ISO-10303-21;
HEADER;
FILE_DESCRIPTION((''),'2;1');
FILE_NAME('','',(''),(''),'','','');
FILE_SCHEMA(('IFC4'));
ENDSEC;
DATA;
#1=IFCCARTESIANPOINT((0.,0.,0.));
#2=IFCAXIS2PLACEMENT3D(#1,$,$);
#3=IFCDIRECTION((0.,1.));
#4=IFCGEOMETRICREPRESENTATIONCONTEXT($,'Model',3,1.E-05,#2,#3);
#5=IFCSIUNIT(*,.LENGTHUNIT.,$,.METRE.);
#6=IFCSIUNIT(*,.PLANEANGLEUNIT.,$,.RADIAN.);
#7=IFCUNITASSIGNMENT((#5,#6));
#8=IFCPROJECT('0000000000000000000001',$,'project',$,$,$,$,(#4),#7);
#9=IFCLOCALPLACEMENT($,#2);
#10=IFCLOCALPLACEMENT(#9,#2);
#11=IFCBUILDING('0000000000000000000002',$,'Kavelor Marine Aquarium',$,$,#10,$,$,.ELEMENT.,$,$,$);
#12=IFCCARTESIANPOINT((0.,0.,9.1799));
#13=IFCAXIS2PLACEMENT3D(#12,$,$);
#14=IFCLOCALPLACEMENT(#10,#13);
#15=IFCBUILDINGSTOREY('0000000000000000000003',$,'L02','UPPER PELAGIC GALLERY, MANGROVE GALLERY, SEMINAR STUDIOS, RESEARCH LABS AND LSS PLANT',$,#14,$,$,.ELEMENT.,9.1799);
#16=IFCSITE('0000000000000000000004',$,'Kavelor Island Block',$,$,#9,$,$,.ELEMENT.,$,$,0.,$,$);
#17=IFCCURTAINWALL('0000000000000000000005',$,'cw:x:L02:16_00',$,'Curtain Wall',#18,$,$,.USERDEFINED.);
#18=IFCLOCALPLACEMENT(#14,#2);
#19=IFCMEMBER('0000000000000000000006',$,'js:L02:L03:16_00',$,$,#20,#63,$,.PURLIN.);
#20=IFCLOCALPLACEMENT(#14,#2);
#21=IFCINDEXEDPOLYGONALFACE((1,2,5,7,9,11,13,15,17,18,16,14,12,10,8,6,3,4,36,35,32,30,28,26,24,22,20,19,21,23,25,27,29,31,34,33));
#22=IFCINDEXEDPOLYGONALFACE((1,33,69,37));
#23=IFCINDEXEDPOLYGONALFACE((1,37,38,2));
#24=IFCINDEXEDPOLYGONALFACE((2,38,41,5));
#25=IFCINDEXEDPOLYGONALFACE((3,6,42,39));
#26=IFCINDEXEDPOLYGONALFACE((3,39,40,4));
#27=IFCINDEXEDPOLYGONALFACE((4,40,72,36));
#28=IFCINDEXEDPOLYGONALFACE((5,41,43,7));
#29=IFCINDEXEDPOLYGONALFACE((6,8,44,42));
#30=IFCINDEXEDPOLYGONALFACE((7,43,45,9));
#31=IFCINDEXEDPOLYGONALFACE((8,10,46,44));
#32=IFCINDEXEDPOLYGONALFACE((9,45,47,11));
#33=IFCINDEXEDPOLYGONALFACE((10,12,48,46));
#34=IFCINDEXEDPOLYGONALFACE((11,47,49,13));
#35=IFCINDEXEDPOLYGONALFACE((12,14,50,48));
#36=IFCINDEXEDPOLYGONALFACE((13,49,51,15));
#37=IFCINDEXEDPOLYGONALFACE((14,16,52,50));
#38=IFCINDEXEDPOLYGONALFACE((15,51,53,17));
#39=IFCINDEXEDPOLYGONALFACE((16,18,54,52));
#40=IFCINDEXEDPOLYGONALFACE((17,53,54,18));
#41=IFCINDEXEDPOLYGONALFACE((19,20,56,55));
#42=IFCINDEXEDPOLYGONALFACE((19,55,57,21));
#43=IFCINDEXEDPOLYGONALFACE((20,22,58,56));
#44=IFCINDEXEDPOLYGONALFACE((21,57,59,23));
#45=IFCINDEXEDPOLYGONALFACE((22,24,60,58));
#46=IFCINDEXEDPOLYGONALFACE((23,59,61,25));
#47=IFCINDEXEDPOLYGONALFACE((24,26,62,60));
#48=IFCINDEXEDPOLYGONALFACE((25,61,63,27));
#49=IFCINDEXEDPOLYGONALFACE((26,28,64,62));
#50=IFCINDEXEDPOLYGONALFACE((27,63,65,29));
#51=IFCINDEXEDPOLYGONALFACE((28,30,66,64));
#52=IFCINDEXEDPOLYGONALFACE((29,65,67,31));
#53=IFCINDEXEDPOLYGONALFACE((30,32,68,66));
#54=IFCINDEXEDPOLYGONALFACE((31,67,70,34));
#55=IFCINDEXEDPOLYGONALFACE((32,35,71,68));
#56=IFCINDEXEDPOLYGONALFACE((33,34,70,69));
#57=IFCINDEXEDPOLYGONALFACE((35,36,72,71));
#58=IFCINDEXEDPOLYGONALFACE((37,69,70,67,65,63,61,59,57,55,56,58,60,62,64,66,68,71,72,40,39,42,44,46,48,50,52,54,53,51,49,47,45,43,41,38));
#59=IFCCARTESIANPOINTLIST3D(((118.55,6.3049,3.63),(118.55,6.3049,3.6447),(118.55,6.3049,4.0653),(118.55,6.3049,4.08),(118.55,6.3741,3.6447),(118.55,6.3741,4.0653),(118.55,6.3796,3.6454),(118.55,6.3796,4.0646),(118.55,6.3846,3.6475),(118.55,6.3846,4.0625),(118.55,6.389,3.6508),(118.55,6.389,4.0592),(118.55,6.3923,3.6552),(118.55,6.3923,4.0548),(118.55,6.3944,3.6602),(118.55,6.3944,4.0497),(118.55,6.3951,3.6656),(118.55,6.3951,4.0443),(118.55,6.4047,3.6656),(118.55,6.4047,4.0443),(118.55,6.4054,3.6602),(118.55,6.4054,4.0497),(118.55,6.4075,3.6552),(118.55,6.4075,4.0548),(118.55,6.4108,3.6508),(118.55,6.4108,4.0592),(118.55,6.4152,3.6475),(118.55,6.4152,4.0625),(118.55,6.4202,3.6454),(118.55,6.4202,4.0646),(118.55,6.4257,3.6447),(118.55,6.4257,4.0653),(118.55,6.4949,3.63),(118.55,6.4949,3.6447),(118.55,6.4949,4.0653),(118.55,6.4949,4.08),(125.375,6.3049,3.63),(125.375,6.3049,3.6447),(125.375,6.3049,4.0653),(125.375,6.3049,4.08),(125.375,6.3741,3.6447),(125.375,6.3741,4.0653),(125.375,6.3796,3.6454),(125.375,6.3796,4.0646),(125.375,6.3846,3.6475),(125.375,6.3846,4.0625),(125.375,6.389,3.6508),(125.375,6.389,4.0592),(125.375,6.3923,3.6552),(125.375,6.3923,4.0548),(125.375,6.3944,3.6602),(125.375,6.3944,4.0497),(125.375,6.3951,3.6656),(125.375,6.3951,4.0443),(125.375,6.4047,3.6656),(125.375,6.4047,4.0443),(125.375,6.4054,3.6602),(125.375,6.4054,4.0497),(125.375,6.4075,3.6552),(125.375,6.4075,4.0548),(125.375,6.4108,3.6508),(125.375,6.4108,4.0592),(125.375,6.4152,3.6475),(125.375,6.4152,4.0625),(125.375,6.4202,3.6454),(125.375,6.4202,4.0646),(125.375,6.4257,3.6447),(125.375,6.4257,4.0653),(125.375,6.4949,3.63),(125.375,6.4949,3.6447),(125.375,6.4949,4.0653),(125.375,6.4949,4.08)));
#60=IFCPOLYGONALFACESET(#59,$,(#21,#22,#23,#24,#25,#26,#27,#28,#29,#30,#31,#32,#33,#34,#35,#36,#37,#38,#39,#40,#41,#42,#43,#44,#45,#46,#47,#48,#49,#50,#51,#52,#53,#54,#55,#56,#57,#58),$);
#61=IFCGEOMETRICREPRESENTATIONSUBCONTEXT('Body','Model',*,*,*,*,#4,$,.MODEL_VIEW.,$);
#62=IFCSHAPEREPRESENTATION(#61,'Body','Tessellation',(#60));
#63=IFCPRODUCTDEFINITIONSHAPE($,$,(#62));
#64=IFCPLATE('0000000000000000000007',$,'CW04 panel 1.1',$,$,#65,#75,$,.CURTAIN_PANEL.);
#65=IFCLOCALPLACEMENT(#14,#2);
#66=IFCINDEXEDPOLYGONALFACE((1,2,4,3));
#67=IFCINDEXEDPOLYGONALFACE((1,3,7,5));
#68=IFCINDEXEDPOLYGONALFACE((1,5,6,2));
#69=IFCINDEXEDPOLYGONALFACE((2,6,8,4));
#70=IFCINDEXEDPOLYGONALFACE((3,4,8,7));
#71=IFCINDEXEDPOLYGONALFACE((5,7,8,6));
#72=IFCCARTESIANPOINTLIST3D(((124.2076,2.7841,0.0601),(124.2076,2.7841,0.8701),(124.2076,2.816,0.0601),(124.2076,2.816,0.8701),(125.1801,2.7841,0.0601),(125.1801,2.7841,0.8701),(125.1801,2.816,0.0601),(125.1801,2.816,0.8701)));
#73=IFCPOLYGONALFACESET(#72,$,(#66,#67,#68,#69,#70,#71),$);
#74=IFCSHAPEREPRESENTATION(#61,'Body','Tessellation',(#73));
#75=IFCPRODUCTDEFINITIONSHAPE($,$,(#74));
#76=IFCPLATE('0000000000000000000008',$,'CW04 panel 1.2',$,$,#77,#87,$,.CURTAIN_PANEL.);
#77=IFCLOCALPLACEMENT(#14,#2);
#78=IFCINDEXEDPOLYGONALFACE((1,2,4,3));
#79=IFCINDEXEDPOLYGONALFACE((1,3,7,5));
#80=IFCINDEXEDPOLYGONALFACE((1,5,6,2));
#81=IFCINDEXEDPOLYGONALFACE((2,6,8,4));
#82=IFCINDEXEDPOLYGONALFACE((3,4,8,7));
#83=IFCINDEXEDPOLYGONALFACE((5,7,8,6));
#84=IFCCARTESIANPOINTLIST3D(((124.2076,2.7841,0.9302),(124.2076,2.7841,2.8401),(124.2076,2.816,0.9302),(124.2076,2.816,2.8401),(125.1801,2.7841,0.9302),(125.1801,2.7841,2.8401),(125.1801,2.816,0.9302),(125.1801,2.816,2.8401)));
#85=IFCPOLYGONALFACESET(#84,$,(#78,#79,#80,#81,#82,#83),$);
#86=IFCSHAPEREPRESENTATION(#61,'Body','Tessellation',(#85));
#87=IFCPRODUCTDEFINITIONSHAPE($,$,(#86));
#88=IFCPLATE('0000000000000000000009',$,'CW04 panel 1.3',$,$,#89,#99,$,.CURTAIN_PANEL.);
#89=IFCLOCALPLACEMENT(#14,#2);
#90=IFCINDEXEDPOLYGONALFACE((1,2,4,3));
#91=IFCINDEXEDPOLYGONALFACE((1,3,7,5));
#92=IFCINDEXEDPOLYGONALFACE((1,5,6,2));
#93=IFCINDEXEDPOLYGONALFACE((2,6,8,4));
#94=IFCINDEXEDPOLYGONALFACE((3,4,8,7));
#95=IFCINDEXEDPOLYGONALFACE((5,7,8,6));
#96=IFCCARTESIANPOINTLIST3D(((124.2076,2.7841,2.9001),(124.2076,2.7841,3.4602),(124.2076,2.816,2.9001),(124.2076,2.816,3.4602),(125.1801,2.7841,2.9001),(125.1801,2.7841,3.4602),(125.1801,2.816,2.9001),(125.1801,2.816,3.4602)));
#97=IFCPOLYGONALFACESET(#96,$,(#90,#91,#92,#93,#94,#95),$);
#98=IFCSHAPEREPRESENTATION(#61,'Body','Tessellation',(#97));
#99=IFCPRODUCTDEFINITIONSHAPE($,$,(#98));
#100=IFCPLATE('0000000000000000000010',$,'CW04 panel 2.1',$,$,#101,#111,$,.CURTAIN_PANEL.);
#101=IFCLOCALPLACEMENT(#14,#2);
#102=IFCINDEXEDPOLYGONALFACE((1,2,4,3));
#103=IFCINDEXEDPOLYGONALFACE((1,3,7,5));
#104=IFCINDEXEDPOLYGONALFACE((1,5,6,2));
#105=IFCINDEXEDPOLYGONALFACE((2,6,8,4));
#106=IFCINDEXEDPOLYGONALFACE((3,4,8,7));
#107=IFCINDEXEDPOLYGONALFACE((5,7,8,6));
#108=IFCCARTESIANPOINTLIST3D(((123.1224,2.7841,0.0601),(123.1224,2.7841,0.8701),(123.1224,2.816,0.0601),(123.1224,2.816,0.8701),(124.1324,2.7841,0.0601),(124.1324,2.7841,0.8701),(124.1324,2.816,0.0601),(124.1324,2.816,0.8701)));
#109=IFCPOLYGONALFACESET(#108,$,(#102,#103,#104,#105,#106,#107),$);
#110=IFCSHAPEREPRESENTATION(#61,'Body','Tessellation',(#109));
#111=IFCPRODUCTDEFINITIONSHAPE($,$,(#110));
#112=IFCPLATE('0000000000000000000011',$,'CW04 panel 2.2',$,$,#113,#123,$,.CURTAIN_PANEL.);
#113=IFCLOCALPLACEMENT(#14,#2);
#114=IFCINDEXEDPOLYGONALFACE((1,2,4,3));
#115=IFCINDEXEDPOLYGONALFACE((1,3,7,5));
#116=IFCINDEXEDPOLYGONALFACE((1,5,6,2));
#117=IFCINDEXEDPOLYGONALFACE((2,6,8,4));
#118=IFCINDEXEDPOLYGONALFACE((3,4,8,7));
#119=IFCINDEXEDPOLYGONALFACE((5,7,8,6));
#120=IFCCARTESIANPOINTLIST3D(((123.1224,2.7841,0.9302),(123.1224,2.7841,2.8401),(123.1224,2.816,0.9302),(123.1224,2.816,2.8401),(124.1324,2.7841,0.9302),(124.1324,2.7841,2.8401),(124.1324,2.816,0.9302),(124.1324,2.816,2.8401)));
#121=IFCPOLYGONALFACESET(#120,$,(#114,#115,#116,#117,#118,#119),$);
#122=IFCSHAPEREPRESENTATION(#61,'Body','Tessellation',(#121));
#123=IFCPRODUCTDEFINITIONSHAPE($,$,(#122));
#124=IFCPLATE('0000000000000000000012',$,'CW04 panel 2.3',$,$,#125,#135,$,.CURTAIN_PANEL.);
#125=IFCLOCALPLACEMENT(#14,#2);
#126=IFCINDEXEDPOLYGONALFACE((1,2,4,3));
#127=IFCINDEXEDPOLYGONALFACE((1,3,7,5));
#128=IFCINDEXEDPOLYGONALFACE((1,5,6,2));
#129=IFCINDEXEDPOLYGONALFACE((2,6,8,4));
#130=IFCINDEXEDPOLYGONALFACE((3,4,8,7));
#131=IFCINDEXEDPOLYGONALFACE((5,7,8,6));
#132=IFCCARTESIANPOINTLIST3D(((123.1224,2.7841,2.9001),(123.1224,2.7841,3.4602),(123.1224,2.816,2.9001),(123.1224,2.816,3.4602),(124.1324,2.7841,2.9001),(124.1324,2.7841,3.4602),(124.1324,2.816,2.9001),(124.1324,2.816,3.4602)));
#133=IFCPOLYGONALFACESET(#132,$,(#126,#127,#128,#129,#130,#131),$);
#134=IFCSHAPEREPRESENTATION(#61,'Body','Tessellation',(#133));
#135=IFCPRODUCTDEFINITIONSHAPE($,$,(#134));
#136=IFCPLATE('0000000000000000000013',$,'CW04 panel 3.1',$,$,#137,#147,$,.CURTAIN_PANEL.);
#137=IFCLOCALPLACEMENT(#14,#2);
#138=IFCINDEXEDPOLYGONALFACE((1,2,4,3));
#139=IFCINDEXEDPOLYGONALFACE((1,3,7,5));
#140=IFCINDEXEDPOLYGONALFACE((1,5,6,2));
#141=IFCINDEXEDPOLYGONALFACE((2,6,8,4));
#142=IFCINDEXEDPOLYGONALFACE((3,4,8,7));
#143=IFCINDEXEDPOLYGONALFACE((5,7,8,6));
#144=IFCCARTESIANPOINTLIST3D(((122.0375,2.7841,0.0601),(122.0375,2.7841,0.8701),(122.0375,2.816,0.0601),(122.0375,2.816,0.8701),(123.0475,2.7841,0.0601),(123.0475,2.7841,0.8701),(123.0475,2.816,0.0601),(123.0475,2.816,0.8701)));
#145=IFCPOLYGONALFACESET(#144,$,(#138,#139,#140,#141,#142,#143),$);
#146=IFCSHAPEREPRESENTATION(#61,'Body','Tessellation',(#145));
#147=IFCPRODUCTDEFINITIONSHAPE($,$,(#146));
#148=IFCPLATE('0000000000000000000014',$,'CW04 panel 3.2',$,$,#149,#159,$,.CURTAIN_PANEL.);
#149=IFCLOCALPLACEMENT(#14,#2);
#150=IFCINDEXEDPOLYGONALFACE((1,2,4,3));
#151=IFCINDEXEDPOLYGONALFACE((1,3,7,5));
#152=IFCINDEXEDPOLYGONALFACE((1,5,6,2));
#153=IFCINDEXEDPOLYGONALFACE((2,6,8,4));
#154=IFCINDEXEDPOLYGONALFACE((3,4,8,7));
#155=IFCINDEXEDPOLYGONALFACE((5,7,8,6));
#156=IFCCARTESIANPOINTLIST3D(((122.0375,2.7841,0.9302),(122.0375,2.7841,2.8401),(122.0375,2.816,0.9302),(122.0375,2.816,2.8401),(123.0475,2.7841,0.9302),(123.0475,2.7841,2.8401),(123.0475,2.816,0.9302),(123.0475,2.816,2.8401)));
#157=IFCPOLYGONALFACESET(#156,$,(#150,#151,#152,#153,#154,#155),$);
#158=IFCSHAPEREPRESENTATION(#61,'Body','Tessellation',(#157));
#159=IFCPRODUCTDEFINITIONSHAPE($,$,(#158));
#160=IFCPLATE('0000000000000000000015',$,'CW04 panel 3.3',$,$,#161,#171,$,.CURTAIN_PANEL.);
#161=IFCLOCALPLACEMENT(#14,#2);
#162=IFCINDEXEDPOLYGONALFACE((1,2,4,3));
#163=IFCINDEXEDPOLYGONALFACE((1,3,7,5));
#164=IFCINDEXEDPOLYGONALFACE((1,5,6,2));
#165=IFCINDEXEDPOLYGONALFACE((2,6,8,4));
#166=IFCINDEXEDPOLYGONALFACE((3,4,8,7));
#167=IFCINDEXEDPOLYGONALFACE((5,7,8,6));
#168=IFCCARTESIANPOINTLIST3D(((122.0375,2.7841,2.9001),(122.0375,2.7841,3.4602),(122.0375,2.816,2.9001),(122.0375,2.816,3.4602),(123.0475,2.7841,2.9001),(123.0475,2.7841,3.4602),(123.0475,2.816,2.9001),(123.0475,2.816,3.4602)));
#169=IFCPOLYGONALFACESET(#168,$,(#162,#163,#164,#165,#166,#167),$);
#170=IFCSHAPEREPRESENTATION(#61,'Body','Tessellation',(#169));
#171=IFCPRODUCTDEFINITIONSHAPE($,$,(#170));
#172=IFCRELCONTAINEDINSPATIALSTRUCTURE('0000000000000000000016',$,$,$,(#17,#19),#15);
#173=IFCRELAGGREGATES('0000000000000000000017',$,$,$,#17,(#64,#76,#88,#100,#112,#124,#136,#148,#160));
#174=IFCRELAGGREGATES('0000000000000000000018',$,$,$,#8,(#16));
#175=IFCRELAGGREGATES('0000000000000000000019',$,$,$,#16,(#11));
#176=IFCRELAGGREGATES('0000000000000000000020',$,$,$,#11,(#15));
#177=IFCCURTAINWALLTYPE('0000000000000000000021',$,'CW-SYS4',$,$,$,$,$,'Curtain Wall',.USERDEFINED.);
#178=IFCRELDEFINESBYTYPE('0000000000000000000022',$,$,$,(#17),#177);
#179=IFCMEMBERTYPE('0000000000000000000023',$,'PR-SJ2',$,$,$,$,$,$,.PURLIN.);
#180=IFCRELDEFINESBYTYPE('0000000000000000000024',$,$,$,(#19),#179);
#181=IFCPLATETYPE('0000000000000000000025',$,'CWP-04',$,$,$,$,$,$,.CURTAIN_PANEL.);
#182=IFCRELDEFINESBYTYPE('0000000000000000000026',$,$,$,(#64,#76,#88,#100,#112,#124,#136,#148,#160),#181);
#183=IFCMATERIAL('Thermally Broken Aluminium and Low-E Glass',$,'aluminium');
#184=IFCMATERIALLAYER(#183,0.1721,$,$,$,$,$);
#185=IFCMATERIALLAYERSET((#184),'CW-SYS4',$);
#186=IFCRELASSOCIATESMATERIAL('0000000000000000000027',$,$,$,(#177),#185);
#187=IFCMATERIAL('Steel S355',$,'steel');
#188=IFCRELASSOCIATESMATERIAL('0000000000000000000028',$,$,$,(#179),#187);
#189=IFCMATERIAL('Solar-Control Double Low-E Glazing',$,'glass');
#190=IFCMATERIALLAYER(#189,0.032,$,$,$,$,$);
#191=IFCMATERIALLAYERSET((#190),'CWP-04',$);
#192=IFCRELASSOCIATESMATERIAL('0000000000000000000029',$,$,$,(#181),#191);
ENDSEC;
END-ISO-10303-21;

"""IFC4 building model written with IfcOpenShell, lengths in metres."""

from ifc_helpers import new_model, si_unit, direction, frame, origin, origin_2d, place, context, subcontext, project, spatial, rectangle, i_section, extrude, material, layer, layer_set, material_profile, profile_set, type_object, element, aggregate, save


model = new_model("IFC4")

# Units and contexts
model_context = context("Model", 3, precision=1e-05, world=origin(), true_north=direction((0.0, 1.0)))
body_context = subcontext(model_context, "Body", "Model", "MODEL_VIEW")
ifc_project = project(units=[si_unit("LENGTHUNIT", "METRE"), si_unit("PLANEANGLEUNIT", "RADIAN")], contexts=[model_context])

# Site, building, storey
site_placement = place(None, origin())
site = spatial("IfcSite", under=ifc_project, at=site_placement, Name="Kavelor Island Block", CompositionType="ELEMENT", RefElevation=0.0)
building_placement = place(site_placement, origin())
building = spatial("IfcBuilding", under=site, at=building_placement, Name="Kavelor Marine Aquarium", CompositionType="ELEMENT")
storey_placement = place(building_placement, frame((0.0, 0.0, 9.1799)))
storey = spatial("IfcBuildingStorey", under=building, at=storey_placement, Name="L02", Description="UPPER PELAGIC GALLERY, MANGROVE GALLERY, SEMINAR STUDIOS, RESEARCH LABS AND LSS PLANT", CompositionType="ELEMENT", Elevation=9.1799)

# Curtain wall
ifc_material_1 = material(Name="Thermally Broken Aluminium and Low-E Glass", Category="aluminium")
ifc_layer_1 = layer(ifc_material_1, 0.1721)
ifc_layer_set_1 = layer_set([ifc_layer_1], Name="CW-SYS4")
curtain_wall_type = type_object("IfcCurtainWallType", Name="CW-SYS4", ElementType="Curtain Wall", PredefinedType="USERDEFINED", material=ifc_layer_set_1)
curtain_wall_placement = place(storey_placement, origin())
curtain_wall = element("IfcCurtainWall", 1, at=curtain_wall_placement, inside=storey, type_object=curtain_wall_type, Name="cw:x:L02:16_00", ObjectType="Curtain Wall", PredefinedType="USERDEFINED")

# Member
ifc_material_2 = material(Name="Steel S355", Category="steel")
ifc_material_profile_1 = material_profile(ifc_material_2, i_section(OverallWidth=0.1899, OverallDepth=0.45, WebThickness=0.0095, FlangeThickness=0.0146, FilletRadius=0.021, at=origin_2d()), Name="IPE 450")
ifc_profile_set_1 = profile_set([ifc_material_profile_1], Name="Steel S355")
member_type_1 = type_object("IfcMemberType", Name="PR-SJ2", PredefinedType="PURLIN", material=ifc_profile_set_1)
member_1_placement = place(storey_placement, frame((118.55, 6.3999, 3.855), z_axis=(1.0, 0.0, 0.0), x_axis=(0.0, 1.0, 0.0)))
element("IfcMember", 2, at=member_1_placement, inside=storey, type_object=member_type_1, Name="js:L02:L03:16_00", PredefinedType="PURLIN", context=body_context, shape_type="SweptSolid", body=[
    extrude(i_section(OverallWidth=0.1899, OverallDepth=0.45, WebThickness=0.0095, FlangeThickness=0.0146, FilletRadius=0.021, at=origin_2d()), origin(), (0.0, 0.0, 1.0), 6.825),
])

# Plates
ifc_material_3 = material(Name="Solar-Control Double Low-E Glazing", Category="glass")
ifc_layer_2 = layer(ifc_material_3, 0.032)
ifc_layer_set_2 = layer_set([ifc_layer_2], Name="CWP-04")
plate_type = type_object("IfcPlateType", Name="CWP-04", PredefinedType="CURTAIN_PANEL", material=ifc_layer_set_2)
plate_1_placement = place(storey_placement, frame((124.6938, 2.8, 0.0601), z_axis=(0.0, 0.0, 1.0), x_axis=(-1.0, 0.0, 0.0)))
plate_1 = element("IfcPlate", 3, at=plate_1_placement, type_object=plate_type, Name="CW04 panel 1.1", PredefinedType="CURTAIN_PANEL", context=body_context, shape_type="SweptSolid", body=[
    extrude(rectangle(XDim=0.9724, YDim=0.032, at=origin_2d()), origin(), (0.0, 0.0, 1.0), 0.8101),
])
plate_2_placement = place(storey_placement, frame((124.6938, 2.8, 0.9302), z_axis=(0.0, 0.0, 1.0), x_axis=(-1.0, 0.0, 0.0)))
plate_2 = element("IfcPlate", 4, at=plate_2_placement, type_object=plate_type, Name="CW04 panel 1.2", PredefinedType="CURTAIN_PANEL", context=body_context, shape_type="SweptSolid", body=[
    extrude(rectangle(XDim=0.9724, YDim=0.032, at=origin_2d()), origin(), (0.0, 0.0, 1.0), 1.9099),
])
plate_3_placement = place(storey_placement, frame((124.6938, 2.8, 2.9001), z_axis=(0.0, 0.0, 1.0), x_axis=(-1.0, 0.0, 0.0)))
plate_3 = element("IfcPlate", 5, at=plate_3_placement, type_object=plate_type, Name="CW04 panel 1.3", PredefinedType="CURTAIN_PANEL", context=body_context, shape_type="SweptSolid", body=[
    extrude(rectangle(XDim=0.9724, YDim=0.032, at=origin_2d()), origin(), (0.0, 0.0, 1.0), 0.5601),
])
plate_4_placement = place(storey_placement, frame((123.6274, 2.8, 0.0601), z_axis=(0.0, 0.0, 1.0), x_axis=(-1.0, 0.0, 0.0)))
plate_4 = element("IfcPlate", 6, at=plate_4_placement, type_object=plate_type, Name="CW04 panel 2.1", PredefinedType="CURTAIN_PANEL", context=body_context, shape_type="SweptSolid", body=[
    extrude(rectangle(XDim=1.01, YDim=0.032, at=origin_2d()), origin(), (0.0, 0.0, 1.0), 0.8101),
])
plate_5_placement = place(storey_placement, frame((123.6274, 2.8, 0.9302), z_axis=(0.0, 0.0, 1.0), x_axis=(-1.0, 0.0, 0.0)))
plate_5 = element("IfcPlate", 7, at=plate_5_placement, type_object=plate_type, Name="CW04 panel 2.2", PredefinedType="CURTAIN_PANEL", context=body_context, shape_type="SweptSolid", body=[
    extrude(rectangle(XDim=1.01, YDim=0.032, at=origin_2d()), origin(), (0.0, 0.0, 1.0), 1.9099),
])
plate_6_placement = place(storey_placement, frame((123.6274, 2.8, 2.9001), z_axis=(0.0, 0.0, 1.0), x_axis=(-1.0, 0.0, 0.0)))
plate_6 = element("IfcPlate", 8, at=plate_6_placement, type_object=plate_type, Name="CW04 panel 2.3", PredefinedType="CURTAIN_PANEL", context=body_context, shape_type="SweptSolid", body=[
    extrude(rectangle(XDim=1.01, YDim=0.032, at=origin_2d()), origin(), (0.0, 0.0, 1.0), 0.5601),
])
plate_7_placement = place(storey_placement, frame((122.5425, 2.8, 0.0601), z_axis=(0.0, 0.0, 1.0), x_axis=(-1.0, 0.0, 0.0)))
plate_7 = element("IfcPlate", 9, at=plate_7_placement, type_object=plate_type, Name="CW04 panel 3.1", PredefinedType="CURTAIN_PANEL", context=body_context, shape_type="SweptSolid", body=[
    extrude(rectangle(XDim=1.01, YDim=0.032, at=origin_2d()), origin(), (0.0, 0.0, 1.0), 0.8101),
])
plate_8_placement = place(storey_placement, frame((122.5425, 2.8, 0.9302), z_axis=(0.0, 0.0, 1.0), x_axis=(-1.0, 0.0, 0.0)))
plate_8 = element("IfcPlate", 10, at=plate_8_placement, type_object=plate_type, Name="CW04 panel 3.2", PredefinedType="CURTAIN_PANEL", context=body_context, shape_type="SweptSolid", body=[
    extrude(rectangle(XDim=1.01, YDim=0.032, at=origin_2d()), origin(), (0.0, 0.0, 1.0), 1.9099),
])
plate_9_placement = place(storey_placement, frame((122.5425, 2.8, 2.9001), z_axis=(0.0, 0.0, 1.0), x_axis=(-1.0, 0.0, 0.0)))
plate_9 = element("IfcPlate", 11, at=plate_9_placement, type_object=plate_type, Name="CW04 panel 3.3", PredefinedType="CURTAIN_PANEL", context=body_context, shape_type="SweptSolid", body=[
    extrude(rectangle(XDim=1.01, YDim=0.032, at=origin_2d()), origin(), (0.0, 0.0, 1.0), 0.5601),
])
aggregate(curtain_wall, [plate_1, plate_2, plate_3, plate_4, plate_5, plate_6, plate_7, plate_8, plate_9])

save(model, "model.ifc")
